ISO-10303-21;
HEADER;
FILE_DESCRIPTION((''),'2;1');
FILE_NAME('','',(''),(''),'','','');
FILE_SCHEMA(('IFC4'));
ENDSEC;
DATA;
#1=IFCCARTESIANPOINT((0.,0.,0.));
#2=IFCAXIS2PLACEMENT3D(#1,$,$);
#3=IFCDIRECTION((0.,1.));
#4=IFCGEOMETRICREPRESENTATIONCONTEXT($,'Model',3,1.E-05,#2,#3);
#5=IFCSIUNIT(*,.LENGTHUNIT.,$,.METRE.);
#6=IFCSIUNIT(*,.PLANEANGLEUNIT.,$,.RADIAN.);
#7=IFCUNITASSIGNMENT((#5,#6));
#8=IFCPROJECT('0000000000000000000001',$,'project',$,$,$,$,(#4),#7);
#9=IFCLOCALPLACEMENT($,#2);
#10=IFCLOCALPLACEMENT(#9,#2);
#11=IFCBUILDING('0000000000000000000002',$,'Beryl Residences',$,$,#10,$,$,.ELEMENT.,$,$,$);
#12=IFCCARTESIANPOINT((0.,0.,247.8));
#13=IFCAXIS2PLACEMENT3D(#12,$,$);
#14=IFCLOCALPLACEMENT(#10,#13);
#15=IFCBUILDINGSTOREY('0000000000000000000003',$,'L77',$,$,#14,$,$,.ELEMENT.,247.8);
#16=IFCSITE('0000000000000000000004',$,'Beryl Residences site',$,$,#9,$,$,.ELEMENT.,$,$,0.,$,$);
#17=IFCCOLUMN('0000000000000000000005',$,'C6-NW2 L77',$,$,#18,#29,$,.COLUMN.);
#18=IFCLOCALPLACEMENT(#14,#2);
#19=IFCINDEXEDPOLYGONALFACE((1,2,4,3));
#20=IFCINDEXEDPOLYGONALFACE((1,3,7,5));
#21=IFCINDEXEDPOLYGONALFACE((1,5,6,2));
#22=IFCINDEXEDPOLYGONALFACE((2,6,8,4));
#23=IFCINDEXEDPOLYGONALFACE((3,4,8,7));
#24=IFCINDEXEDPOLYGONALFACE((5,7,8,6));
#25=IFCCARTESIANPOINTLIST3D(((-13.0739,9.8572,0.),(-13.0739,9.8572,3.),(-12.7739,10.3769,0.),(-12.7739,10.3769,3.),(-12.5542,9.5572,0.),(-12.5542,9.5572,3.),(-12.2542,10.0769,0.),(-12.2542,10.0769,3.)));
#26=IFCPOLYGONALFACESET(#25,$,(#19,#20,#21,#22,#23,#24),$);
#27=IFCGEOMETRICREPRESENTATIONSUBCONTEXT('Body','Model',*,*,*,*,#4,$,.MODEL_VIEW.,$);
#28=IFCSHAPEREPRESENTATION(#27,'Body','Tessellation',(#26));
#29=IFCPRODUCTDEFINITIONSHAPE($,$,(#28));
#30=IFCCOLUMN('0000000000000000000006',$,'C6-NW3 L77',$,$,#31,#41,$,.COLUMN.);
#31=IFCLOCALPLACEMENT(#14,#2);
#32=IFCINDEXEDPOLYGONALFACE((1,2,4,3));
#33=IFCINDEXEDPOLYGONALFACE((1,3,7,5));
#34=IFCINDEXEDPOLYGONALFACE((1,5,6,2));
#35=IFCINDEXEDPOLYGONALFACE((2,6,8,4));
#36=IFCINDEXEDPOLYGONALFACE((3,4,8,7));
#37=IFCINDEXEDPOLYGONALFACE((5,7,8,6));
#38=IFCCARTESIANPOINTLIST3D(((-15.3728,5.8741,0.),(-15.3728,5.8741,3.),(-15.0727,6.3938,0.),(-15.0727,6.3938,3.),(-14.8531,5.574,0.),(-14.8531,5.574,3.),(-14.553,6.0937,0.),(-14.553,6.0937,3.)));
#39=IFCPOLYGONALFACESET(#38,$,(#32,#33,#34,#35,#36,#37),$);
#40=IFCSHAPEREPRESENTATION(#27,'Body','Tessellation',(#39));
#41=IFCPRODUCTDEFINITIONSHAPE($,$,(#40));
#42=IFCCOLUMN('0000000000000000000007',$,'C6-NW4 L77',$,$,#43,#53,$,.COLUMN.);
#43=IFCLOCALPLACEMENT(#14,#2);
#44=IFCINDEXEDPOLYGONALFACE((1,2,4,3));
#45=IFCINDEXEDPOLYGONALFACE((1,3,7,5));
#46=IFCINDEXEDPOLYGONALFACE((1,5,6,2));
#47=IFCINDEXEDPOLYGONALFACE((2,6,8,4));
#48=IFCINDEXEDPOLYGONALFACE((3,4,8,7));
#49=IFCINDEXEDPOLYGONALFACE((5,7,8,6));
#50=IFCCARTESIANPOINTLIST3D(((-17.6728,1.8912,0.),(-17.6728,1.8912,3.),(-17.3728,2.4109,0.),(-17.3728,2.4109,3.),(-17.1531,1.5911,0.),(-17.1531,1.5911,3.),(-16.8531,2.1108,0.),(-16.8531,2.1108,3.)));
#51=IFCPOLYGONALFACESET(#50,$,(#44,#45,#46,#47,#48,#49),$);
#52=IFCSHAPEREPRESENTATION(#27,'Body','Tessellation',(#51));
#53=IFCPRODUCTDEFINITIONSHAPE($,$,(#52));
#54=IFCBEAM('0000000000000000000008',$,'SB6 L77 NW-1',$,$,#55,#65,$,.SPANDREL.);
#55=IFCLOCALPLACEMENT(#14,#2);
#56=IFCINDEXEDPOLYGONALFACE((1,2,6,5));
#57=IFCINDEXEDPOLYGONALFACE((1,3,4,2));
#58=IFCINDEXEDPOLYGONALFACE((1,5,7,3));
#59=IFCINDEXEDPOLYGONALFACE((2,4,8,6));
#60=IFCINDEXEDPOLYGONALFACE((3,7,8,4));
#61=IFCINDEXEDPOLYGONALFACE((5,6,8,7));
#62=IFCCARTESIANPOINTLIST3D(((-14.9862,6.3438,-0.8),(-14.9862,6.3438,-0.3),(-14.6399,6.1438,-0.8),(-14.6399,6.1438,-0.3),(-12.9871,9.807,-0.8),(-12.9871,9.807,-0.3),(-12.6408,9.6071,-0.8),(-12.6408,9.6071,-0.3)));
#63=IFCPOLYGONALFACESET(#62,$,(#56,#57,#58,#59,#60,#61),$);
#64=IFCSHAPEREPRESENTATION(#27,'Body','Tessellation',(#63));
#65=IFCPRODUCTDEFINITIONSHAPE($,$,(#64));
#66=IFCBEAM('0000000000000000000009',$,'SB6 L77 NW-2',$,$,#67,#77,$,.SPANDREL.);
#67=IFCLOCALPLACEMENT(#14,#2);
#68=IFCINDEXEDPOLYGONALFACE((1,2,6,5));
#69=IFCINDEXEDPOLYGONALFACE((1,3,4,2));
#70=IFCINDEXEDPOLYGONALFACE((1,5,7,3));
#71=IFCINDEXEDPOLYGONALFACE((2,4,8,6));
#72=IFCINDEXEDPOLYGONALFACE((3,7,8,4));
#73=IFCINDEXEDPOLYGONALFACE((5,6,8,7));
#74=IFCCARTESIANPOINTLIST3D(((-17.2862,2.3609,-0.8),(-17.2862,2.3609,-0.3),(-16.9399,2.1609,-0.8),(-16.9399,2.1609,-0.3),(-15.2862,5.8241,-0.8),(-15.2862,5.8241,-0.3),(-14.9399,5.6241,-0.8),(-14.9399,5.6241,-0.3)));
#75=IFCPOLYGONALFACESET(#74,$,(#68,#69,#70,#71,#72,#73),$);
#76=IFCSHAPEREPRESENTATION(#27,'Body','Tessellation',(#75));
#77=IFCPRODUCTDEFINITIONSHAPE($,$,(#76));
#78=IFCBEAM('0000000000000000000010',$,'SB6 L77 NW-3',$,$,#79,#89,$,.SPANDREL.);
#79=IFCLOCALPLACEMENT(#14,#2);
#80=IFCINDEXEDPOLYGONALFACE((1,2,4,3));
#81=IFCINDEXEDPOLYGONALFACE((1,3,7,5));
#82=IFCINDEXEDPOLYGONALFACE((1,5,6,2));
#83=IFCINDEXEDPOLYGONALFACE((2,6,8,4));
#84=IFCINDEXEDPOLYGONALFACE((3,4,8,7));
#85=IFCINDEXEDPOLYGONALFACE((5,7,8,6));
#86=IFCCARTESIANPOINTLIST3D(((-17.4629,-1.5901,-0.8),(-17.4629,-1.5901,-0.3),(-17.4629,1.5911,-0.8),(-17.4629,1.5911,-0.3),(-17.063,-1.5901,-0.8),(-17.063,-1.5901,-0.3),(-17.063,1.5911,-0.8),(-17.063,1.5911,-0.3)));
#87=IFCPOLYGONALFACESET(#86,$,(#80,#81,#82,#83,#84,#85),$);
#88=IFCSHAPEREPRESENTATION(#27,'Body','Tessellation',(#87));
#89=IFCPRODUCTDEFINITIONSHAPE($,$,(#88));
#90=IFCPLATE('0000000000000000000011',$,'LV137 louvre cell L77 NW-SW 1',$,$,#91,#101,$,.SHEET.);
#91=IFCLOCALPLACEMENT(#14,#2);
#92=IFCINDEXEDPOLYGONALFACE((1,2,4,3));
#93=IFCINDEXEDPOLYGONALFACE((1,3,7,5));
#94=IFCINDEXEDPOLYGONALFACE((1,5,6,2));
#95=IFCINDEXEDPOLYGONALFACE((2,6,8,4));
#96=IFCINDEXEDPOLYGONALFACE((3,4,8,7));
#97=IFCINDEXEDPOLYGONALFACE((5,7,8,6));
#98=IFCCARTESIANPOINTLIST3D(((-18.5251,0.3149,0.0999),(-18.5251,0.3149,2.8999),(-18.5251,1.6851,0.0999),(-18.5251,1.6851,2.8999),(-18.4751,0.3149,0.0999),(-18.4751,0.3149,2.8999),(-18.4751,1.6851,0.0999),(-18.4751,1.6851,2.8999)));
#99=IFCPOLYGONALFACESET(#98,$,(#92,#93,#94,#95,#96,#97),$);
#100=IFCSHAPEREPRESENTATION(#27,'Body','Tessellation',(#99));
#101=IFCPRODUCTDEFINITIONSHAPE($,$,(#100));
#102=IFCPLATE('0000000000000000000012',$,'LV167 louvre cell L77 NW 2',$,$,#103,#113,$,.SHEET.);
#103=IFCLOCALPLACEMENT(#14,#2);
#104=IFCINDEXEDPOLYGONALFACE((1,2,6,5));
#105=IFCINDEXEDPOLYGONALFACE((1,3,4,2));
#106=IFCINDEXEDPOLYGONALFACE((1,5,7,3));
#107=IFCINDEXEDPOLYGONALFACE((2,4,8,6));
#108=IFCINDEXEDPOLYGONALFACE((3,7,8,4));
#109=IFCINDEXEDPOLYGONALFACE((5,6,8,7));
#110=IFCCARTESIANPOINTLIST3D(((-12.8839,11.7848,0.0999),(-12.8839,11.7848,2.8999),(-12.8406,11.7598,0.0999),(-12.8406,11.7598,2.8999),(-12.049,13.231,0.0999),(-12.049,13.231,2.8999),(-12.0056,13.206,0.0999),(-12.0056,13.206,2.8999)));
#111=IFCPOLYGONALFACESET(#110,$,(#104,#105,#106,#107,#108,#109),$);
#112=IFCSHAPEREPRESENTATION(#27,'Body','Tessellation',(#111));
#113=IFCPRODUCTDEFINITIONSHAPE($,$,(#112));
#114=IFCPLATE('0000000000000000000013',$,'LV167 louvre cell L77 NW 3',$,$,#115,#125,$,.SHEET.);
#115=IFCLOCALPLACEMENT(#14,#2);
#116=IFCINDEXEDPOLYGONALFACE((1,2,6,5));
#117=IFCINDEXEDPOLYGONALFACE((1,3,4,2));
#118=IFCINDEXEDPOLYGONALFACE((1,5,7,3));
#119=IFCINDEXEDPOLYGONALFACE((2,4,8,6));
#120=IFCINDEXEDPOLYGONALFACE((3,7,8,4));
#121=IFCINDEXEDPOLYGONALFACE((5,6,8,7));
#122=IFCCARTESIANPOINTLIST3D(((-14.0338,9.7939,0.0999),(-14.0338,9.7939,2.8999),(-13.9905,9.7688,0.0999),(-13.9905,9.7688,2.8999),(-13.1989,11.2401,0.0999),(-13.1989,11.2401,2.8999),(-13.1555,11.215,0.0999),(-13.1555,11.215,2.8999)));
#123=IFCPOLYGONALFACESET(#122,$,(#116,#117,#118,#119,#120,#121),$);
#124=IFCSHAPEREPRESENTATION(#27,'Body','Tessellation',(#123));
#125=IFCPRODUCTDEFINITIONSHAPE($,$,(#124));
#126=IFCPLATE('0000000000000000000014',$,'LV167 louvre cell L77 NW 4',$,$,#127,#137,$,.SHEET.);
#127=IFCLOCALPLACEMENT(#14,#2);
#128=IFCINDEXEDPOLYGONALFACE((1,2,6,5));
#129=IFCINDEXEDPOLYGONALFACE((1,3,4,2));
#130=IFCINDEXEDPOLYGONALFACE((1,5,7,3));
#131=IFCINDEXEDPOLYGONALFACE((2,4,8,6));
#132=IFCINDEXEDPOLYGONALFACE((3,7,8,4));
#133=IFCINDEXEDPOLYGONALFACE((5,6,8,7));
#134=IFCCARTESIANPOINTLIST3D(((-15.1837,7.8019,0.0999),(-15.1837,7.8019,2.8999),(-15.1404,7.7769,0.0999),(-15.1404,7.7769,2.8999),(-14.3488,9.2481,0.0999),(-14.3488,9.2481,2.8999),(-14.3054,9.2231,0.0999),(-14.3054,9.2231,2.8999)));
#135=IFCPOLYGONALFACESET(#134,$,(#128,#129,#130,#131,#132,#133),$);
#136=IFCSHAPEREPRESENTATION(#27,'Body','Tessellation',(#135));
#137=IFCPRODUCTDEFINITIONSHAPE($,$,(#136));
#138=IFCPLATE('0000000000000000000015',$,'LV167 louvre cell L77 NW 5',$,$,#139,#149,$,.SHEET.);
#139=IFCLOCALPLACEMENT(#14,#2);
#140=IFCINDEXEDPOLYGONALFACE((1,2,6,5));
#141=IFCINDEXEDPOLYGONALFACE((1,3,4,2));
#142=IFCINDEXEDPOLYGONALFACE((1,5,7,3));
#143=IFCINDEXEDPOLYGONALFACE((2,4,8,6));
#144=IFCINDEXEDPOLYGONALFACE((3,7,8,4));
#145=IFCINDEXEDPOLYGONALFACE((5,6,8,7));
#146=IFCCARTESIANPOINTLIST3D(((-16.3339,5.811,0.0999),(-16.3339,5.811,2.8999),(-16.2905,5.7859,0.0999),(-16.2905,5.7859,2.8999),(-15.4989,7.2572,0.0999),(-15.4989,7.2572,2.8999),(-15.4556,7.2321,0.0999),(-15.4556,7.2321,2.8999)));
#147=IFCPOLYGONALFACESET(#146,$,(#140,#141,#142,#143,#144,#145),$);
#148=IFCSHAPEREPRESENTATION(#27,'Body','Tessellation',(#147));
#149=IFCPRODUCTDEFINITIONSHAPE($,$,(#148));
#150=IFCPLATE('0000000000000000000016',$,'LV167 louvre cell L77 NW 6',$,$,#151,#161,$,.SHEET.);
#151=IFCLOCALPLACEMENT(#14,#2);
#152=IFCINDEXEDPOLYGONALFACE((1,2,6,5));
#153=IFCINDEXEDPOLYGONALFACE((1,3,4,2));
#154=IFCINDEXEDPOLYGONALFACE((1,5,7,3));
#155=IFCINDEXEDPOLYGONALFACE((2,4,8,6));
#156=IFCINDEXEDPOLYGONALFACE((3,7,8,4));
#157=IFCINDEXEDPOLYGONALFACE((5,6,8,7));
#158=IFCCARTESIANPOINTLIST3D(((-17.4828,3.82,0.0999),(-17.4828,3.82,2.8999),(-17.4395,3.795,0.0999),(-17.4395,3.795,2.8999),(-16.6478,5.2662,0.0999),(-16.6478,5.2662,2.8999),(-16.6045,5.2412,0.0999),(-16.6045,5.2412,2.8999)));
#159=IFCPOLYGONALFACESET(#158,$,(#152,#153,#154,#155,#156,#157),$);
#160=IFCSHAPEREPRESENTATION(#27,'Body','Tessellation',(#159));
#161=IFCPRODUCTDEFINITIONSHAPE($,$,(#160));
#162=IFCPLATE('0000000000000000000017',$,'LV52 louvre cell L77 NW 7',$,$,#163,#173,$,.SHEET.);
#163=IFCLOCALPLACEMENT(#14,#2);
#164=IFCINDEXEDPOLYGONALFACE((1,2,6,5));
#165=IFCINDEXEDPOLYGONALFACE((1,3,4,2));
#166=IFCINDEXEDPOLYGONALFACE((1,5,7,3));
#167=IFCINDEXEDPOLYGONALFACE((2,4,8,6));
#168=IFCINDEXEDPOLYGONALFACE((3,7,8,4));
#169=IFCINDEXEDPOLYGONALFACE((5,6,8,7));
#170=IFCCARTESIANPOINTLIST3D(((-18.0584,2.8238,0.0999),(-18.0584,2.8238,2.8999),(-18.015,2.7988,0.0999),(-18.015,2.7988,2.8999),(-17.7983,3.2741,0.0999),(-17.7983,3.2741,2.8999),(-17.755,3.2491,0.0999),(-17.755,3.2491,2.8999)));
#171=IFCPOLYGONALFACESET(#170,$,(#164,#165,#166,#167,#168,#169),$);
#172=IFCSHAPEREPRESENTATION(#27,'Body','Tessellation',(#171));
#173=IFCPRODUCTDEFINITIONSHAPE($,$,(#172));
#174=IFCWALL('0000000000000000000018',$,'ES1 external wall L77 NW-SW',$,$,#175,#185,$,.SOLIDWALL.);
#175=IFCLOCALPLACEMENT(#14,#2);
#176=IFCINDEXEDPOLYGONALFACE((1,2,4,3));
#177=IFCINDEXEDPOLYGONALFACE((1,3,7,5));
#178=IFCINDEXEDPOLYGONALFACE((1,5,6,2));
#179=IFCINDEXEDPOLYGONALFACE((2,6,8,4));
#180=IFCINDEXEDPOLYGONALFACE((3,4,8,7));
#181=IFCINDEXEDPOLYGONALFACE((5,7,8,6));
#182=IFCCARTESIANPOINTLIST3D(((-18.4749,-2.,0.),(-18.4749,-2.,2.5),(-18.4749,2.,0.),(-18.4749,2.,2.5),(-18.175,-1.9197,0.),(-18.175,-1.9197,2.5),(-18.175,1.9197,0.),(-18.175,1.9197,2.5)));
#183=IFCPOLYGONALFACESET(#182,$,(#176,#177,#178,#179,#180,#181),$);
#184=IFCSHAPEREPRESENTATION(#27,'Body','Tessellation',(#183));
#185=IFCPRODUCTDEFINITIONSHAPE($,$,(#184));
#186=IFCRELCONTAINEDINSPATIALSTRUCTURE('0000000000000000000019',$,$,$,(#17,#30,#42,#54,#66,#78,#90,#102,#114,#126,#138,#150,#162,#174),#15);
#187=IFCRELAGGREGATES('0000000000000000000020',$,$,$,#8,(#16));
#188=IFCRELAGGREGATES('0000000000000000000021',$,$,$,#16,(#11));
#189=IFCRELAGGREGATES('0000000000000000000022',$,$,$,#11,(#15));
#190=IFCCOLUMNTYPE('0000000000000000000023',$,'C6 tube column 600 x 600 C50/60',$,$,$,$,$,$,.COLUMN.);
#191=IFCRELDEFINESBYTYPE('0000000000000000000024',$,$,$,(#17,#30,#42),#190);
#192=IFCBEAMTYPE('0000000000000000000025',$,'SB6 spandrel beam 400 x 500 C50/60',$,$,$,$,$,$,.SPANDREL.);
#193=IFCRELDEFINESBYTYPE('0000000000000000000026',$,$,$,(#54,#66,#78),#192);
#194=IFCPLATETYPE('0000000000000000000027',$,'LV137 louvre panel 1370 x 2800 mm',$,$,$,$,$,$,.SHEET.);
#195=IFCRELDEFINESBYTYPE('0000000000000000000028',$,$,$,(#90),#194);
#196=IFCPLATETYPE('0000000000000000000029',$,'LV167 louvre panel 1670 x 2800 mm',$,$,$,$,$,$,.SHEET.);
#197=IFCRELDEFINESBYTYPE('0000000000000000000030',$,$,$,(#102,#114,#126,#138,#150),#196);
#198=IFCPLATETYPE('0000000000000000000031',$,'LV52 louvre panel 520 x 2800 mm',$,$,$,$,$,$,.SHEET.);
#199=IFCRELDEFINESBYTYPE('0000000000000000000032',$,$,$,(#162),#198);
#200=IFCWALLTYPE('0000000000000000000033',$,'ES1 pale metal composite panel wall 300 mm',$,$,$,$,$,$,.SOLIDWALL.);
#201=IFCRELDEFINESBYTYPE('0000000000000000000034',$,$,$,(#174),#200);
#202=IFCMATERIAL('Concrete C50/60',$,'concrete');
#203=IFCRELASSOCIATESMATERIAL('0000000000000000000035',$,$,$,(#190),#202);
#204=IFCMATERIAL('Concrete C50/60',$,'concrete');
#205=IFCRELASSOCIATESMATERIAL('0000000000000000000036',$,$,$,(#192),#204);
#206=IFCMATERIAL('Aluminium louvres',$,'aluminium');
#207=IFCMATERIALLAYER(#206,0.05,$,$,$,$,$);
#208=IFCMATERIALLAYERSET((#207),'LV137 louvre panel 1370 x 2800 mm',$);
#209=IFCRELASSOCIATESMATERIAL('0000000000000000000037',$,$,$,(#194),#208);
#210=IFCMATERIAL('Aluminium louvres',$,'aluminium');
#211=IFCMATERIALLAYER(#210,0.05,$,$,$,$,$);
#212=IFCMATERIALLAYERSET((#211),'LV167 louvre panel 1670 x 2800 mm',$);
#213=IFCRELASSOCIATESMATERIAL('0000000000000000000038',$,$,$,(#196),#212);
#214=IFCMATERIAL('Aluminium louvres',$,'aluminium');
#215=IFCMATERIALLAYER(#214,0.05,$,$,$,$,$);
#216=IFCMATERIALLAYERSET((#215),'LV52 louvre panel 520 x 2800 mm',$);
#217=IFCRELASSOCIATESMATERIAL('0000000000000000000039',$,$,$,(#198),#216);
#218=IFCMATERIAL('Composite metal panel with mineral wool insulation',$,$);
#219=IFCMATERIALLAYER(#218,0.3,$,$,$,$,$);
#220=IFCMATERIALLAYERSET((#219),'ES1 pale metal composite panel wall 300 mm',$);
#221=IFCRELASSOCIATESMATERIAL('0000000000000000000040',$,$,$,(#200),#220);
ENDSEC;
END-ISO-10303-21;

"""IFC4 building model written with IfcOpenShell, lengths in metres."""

from ifc_helpers import new_model, si_unit, direction, frame, origin, origin_2d, place, context, subcontext, project, spatial, polyline, rectangle, outline, extrude, source, transform, mapped, material, layer, layer_set, material_profile, profile_set, type_object, type_shapes, element, save


model = new_model("IFC4")

# Units and contexts
model_context = context("Model", 3, precision=1e-05, world=origin(), true_north=direction((0.0, 1.0)))
body_context = subcontext(model_context, "Body", "Model", "MODEL_VIEW")
ifc_project = project(units=[si_unit("LENGTHUNIT", "METRE"), si_unit("PLANEANGLEUNIT", "RADIAN")], contexts=[model_context])

# Site, building, storey
site_placement = place(None, origin())
site = spatial("IfcSite", under=ifc_project, at=site_placement, Name="Beryl Residences site", CompositionType="ELEMENT", RefElevation=0.0)
building_placement = place(site_placement, origin())
building = spatial("IfcBuilding", under=site, at=building_placement, Name="Beryl Residences", CompositionType="ELEMENT")
storey_placement = place(building_placement, frame((0.0, 0.0, 247.8)))
storey = spatial("IfcBuildingStorey", under=building, at=storey_placement, Name="L77", CompositionType="ELEMENT", Elevation=247.8)

# Columns
ifc_material_1 = material(Name="Concrete C50/60", Category="concrete")
ifc_material_profile_1 = material_profile(ifc_material_1, rectangle(XDim=0.6001, YDim=0.6001, at=origin_2d()))
ifc_profile_set_1 = profile_set([ifc_material_profile_1], Name="Concrete C50/60")
column_type = type_object("IfcColumnType", Name="C6 tube column 600 x 600 C50/60", PredefinedType="COLUMN", material=ifc_profile_set_1)
for number, where, z_axis, x_axis, name in (
    (1, (-12.6641, 9.967, 0.0), (0.0, 0.0, 1.0), (-0.5, -0.866025, 0.0), "C6-NW2 L77"),
    (2, (-14.9629, 5.9839, 0.0), (0.0, 0.0, 1.0), (-0.5, -0.866025, 0.0), "C6-NW3 L77"),
    (3, (-17.2629, 2.001, 0.0), (0.0, 0.0, 1.0), (-0.5, -0.866025, 0.0), "C6-NW4 L77"),
):
    element("IfcColumn", number, at=place(storey_placement, frame(where, z_axis=z_axis, x_axis=x_axis)), inside=storey, type_object=column_type, Name=name, PredefinedType="COLUMN", context=body_context, shape_type="SweptSolid", body=[
        extrude(rectangle(XDim=0.6001, YDim=0.6001, at=origin_2d()), origin(), (0.0, 0.0, 1.0), 3.0),
    ])

# Beams
ifc_material_2 = material(Name="Concrete C50/60", Category="concrete")
ifc_material_profile_2 = material_profile(ifc_material_2, rectangle(XDim=0.3999, YDim=0.5, at=origin_2d()))
ifc_profile_set_2 = profile_set([ifc_material_profile_2], Name="Concrete C50/60")
beam_type = type_object("IfcBeamType", Name="SB6 spandrel beam 400 x 500 C50/60", PredefinedType="SPANDREL", material=ifc_profile_set_2)
beam_1_placement = place(storey_placement, frame((-12.814, 9.707, -0.55), z_axis=(-0.499922, -0.866071, 0.0), x_axis=(0.866071, -0.499922, 0.0)))
element("IfcBeam", 4, at=beam_1_placement, inside=storey, type_object=beam_type, Name="SB6 L77 NW-1", PredefinedType="SPANDREL", context=body_context, shape_type="SweptSolid", body=[
    extrude(rectangle(XDim=0.3999, YDim=0.5, at=origin_2d()), origin(), (0.0, 0.0, 1.0), 3.9988),
])
beam_2_placement = place(storey_placement, frame((-15.113, 5.7241, -0.55), z_axis=(-0.500105, -0.865965, 0.0), x_axis=(0.865965, -0.500105, 0.0)))
element("IfcBeam", 5, at=beam_2_placement, inside=storey, type_object=beam_type, Name="SB6 L77 NW-2", PredefinedType="SPANDREL", context=body_context, shape_type="SweptSolid", body=[
    extrude(rectangle(XDim=0.3999, YDim=0.5, at=origin_2d()), origin(), (0.0, 0.0, 1.0), 3.9993),
])
beam_3_placement = place(storey_placement, frame((-17.2629, 1.5911, -0.55), z_axis=(0.0, -1.0, 0.0), x_axis=(1.0, 0.0, 0.0)))
element("IfcBeam", 6, at=beam_3_placement, inside=storey, type_object=beam_type, Name="SB6 L77 NW-3", PredefinedType="SPANDREL", context=body_context, shape_type="SweptSolid", body=[
    extrude(rectangle(XDim=0.3999, YDim=0.5, at=origin_2d()), origin(), (0.0, 0.0, 1.0), 3.1812),
])

# Plates
ifc_material_3 = material(Name="Aluminium louvres", Category="aluminium")
ifc_layer_1 = layer(ifc_material_3, 0.05)
ifc_layer_set_1 = layer_set([ifc_layer_1], Name="LV137 louvre panel 1370 x 2800 mm")
plate_type_1 = type_object("IfcPlateType", Name="LV137 louvre panel 1370 x 2800 mm", PredefinedType="SHEET", material=ifc_layer_set_1)
shared_shape_1 = source(origin(), body_context, "Body", "SweptSolid", [
    extrude(outline(polyline([(-0.6851, 0.0), (0.6851, 0.0), (0.6851, 0.05), (-0.6851, 0.05), (-0.6851, 0.0)])), origin(), (0.0, 0.0, 1.0), 2.8),
])
type_shapes(plate_type_1, [shared_shape_1])
plate_1_placement = place(storey_placement, frame((-18.4751, 1.0, 0.0999), z_axis=(0.0, 0.0, 1.0), x_axis=(0.0, 1.0, 0.0)))
element("IfcPlate", 7, at=plate_1_placement, inside=storey, type_object=plate_type_1, Name="LV137 louvre cell L77 NW-SW 1", PredefinedType="SHEET", context=body_context, shape_type="MappedRepresentation", body=[
    mapped(shared_shape_1, transform((0.0, 0.0, 0.0))),
])
ifc_material_4 = material(Name="Aluminium louvres", Category="aluminium")
ifc_layer_2 = layer(ifc_material_4, 0.05)
ifc_layer_set_2 = layer_set([ifc_layer_2], Name="LV167 louvre panel 1670 x 2800 mm")
plate_type_2 = type_object("IfcPlateType", Name="LV167 louvre panel 1670 x 2800 mm", PredefinedType="SHEET", material=ifc_layer_set_2)
shared_shape_2 = source(origin(), body_context, "Body", "SweptSolid", [
    extrude(outline(polyline([(-0.835, 0.0), (0.835, 0.0), (0.835, 0.05), (-0.835, 0.05), (-0.835, 0.0)])), origin(), (0.0, 0.0, 1.0), 2.8),
])
type_shapes(plate_type_2, [shared_shape_2])
for number, where, z_axis, x_axis, name in (
    (8, (-12.4231, 12.4829, 0.0999), (0.0, 0.0, 1.0), (0.5, 0.866025, 0.0), "LV167 louvre cell L77 NW 2"),
    (9, (-13.573, 10.4919, 0.0999), (0.0, 0.0, 1.0), (0.5, 0.866025, 0.0), "LV167 louvre cell L77 NW 3"),
    (10, (-14.7229, 8.5, 0.0999), (0.0, 0.0, 1.0), (0.5, 0.866025, 0.0), "LV167 louvre cell L77 NW 4"),
    (11, (-15.873, 6.509, 0.0999), (0.0, 0.0, 1.0), (0.5, 0.866025, 0.0), "LV167 louvre cell L77 NW 5"),
    (12, (-17.022, 4.5181, 0.0999), (0.0, 0.0, 1.0), (0.5, 0.866025, 0.0), "LV167 louvre cell L77 NW 6"),
):
    element("IfcPlate", number, at=place(storey_placement, frame(where, z_axis=z_axis, x_axis=x_axis)), inside=storey, type_object=plate_type_2, Name=name, PredefinedType="SHEET", context=body_context, shape_type="MappedRepresentation", body=[
        mapped(shared_shape_2, transform((0.0, 0.0, 0.0))),
    ])
ifc_material_5 = material(Name="Aluminium louvres", Category="aluminium")
ifc_layer_3 = layer(ifc_material_5, 0.05)
ifc_layer_set_3 = layer_set([ifc_layer_3], Name="LV52 louvre panel 520 x 2800 mm")
plate_type_3 = type_object("IfcPlateType", Name="LV52 louvre panel 520 x 2800 mm", PredefinedType="SHEET", material=ifc_layer_set_3)
shared_shape_3 = source(origin(), body_context, "Body", "SweptSolid", [
    extrude(outline(polyline([(-0.26, 0.0), (0.26, 0.0), (0.26, 0.05), (-0.26, 0.05), (-0.26, 0.0)])), origin(), (0.0, 0.0, 1.0), 2.8),
])
type_shapes(plate_type_3, [shared_shape_3])
plate_2_placement = place(storey_placement, frame((-17.885, 3.0239, 0.0999), z_axis=(0.0, 0.0, 1.0), x_axis=(0.5, 0.866025, 0.0)))
element("IfcPlate", 13, at=plate_2_placement, inside=storey, type_object=plate_type_3, Name="LV52 louvre cell L77 NW 7", PredefinedType="SHEET", context=body_context, shape_type="MappedRepresentation", body=[
    mapped(shared_shape_3, transform((0.0, 0.0, 0.0))),
])

# Wall
ifc_material_6 = material(Name="Composite metal panel with mineral wool insulation")
ifc_layer_4 = layer(ifc_material_6, 0.3)
ifc_layer_set_4 = layer_set([ifc_layer_4], Name="ES1 pale metal composite panel wall 300 mm")
wall_type = type_object("IfcWallType", Name="ES1 pale metal composite panel wall 300 mm", PredefinedType="SOLIDWALL", material=ifc_layer_set_4)
wall_placement = place(storey_placement, frame((-18.325, 2.0, 0.0), z_axis=(0.0, 0.0, 1.0), x_axis=(0.0, -1.0, 0.0)))
element("IfcWall", 14, at=wall_placement, inside=storey, type_object=wall_type, Name="ES1 external wall L77 NW-SW", PredefinedType="SOLIDWALL", context=body_context, shape_type="SweptSolid", body=[
    extrude(outline(polyline([(0.0, -0.1499), (4.0, -0.1499), (3.9197, 0.1499), (0.0803, 0.1499), (0.0, -0.1499)])), origin(), (0.0, 0.0, 1.0), 2.5),
])

save(model, "model.ifc")
